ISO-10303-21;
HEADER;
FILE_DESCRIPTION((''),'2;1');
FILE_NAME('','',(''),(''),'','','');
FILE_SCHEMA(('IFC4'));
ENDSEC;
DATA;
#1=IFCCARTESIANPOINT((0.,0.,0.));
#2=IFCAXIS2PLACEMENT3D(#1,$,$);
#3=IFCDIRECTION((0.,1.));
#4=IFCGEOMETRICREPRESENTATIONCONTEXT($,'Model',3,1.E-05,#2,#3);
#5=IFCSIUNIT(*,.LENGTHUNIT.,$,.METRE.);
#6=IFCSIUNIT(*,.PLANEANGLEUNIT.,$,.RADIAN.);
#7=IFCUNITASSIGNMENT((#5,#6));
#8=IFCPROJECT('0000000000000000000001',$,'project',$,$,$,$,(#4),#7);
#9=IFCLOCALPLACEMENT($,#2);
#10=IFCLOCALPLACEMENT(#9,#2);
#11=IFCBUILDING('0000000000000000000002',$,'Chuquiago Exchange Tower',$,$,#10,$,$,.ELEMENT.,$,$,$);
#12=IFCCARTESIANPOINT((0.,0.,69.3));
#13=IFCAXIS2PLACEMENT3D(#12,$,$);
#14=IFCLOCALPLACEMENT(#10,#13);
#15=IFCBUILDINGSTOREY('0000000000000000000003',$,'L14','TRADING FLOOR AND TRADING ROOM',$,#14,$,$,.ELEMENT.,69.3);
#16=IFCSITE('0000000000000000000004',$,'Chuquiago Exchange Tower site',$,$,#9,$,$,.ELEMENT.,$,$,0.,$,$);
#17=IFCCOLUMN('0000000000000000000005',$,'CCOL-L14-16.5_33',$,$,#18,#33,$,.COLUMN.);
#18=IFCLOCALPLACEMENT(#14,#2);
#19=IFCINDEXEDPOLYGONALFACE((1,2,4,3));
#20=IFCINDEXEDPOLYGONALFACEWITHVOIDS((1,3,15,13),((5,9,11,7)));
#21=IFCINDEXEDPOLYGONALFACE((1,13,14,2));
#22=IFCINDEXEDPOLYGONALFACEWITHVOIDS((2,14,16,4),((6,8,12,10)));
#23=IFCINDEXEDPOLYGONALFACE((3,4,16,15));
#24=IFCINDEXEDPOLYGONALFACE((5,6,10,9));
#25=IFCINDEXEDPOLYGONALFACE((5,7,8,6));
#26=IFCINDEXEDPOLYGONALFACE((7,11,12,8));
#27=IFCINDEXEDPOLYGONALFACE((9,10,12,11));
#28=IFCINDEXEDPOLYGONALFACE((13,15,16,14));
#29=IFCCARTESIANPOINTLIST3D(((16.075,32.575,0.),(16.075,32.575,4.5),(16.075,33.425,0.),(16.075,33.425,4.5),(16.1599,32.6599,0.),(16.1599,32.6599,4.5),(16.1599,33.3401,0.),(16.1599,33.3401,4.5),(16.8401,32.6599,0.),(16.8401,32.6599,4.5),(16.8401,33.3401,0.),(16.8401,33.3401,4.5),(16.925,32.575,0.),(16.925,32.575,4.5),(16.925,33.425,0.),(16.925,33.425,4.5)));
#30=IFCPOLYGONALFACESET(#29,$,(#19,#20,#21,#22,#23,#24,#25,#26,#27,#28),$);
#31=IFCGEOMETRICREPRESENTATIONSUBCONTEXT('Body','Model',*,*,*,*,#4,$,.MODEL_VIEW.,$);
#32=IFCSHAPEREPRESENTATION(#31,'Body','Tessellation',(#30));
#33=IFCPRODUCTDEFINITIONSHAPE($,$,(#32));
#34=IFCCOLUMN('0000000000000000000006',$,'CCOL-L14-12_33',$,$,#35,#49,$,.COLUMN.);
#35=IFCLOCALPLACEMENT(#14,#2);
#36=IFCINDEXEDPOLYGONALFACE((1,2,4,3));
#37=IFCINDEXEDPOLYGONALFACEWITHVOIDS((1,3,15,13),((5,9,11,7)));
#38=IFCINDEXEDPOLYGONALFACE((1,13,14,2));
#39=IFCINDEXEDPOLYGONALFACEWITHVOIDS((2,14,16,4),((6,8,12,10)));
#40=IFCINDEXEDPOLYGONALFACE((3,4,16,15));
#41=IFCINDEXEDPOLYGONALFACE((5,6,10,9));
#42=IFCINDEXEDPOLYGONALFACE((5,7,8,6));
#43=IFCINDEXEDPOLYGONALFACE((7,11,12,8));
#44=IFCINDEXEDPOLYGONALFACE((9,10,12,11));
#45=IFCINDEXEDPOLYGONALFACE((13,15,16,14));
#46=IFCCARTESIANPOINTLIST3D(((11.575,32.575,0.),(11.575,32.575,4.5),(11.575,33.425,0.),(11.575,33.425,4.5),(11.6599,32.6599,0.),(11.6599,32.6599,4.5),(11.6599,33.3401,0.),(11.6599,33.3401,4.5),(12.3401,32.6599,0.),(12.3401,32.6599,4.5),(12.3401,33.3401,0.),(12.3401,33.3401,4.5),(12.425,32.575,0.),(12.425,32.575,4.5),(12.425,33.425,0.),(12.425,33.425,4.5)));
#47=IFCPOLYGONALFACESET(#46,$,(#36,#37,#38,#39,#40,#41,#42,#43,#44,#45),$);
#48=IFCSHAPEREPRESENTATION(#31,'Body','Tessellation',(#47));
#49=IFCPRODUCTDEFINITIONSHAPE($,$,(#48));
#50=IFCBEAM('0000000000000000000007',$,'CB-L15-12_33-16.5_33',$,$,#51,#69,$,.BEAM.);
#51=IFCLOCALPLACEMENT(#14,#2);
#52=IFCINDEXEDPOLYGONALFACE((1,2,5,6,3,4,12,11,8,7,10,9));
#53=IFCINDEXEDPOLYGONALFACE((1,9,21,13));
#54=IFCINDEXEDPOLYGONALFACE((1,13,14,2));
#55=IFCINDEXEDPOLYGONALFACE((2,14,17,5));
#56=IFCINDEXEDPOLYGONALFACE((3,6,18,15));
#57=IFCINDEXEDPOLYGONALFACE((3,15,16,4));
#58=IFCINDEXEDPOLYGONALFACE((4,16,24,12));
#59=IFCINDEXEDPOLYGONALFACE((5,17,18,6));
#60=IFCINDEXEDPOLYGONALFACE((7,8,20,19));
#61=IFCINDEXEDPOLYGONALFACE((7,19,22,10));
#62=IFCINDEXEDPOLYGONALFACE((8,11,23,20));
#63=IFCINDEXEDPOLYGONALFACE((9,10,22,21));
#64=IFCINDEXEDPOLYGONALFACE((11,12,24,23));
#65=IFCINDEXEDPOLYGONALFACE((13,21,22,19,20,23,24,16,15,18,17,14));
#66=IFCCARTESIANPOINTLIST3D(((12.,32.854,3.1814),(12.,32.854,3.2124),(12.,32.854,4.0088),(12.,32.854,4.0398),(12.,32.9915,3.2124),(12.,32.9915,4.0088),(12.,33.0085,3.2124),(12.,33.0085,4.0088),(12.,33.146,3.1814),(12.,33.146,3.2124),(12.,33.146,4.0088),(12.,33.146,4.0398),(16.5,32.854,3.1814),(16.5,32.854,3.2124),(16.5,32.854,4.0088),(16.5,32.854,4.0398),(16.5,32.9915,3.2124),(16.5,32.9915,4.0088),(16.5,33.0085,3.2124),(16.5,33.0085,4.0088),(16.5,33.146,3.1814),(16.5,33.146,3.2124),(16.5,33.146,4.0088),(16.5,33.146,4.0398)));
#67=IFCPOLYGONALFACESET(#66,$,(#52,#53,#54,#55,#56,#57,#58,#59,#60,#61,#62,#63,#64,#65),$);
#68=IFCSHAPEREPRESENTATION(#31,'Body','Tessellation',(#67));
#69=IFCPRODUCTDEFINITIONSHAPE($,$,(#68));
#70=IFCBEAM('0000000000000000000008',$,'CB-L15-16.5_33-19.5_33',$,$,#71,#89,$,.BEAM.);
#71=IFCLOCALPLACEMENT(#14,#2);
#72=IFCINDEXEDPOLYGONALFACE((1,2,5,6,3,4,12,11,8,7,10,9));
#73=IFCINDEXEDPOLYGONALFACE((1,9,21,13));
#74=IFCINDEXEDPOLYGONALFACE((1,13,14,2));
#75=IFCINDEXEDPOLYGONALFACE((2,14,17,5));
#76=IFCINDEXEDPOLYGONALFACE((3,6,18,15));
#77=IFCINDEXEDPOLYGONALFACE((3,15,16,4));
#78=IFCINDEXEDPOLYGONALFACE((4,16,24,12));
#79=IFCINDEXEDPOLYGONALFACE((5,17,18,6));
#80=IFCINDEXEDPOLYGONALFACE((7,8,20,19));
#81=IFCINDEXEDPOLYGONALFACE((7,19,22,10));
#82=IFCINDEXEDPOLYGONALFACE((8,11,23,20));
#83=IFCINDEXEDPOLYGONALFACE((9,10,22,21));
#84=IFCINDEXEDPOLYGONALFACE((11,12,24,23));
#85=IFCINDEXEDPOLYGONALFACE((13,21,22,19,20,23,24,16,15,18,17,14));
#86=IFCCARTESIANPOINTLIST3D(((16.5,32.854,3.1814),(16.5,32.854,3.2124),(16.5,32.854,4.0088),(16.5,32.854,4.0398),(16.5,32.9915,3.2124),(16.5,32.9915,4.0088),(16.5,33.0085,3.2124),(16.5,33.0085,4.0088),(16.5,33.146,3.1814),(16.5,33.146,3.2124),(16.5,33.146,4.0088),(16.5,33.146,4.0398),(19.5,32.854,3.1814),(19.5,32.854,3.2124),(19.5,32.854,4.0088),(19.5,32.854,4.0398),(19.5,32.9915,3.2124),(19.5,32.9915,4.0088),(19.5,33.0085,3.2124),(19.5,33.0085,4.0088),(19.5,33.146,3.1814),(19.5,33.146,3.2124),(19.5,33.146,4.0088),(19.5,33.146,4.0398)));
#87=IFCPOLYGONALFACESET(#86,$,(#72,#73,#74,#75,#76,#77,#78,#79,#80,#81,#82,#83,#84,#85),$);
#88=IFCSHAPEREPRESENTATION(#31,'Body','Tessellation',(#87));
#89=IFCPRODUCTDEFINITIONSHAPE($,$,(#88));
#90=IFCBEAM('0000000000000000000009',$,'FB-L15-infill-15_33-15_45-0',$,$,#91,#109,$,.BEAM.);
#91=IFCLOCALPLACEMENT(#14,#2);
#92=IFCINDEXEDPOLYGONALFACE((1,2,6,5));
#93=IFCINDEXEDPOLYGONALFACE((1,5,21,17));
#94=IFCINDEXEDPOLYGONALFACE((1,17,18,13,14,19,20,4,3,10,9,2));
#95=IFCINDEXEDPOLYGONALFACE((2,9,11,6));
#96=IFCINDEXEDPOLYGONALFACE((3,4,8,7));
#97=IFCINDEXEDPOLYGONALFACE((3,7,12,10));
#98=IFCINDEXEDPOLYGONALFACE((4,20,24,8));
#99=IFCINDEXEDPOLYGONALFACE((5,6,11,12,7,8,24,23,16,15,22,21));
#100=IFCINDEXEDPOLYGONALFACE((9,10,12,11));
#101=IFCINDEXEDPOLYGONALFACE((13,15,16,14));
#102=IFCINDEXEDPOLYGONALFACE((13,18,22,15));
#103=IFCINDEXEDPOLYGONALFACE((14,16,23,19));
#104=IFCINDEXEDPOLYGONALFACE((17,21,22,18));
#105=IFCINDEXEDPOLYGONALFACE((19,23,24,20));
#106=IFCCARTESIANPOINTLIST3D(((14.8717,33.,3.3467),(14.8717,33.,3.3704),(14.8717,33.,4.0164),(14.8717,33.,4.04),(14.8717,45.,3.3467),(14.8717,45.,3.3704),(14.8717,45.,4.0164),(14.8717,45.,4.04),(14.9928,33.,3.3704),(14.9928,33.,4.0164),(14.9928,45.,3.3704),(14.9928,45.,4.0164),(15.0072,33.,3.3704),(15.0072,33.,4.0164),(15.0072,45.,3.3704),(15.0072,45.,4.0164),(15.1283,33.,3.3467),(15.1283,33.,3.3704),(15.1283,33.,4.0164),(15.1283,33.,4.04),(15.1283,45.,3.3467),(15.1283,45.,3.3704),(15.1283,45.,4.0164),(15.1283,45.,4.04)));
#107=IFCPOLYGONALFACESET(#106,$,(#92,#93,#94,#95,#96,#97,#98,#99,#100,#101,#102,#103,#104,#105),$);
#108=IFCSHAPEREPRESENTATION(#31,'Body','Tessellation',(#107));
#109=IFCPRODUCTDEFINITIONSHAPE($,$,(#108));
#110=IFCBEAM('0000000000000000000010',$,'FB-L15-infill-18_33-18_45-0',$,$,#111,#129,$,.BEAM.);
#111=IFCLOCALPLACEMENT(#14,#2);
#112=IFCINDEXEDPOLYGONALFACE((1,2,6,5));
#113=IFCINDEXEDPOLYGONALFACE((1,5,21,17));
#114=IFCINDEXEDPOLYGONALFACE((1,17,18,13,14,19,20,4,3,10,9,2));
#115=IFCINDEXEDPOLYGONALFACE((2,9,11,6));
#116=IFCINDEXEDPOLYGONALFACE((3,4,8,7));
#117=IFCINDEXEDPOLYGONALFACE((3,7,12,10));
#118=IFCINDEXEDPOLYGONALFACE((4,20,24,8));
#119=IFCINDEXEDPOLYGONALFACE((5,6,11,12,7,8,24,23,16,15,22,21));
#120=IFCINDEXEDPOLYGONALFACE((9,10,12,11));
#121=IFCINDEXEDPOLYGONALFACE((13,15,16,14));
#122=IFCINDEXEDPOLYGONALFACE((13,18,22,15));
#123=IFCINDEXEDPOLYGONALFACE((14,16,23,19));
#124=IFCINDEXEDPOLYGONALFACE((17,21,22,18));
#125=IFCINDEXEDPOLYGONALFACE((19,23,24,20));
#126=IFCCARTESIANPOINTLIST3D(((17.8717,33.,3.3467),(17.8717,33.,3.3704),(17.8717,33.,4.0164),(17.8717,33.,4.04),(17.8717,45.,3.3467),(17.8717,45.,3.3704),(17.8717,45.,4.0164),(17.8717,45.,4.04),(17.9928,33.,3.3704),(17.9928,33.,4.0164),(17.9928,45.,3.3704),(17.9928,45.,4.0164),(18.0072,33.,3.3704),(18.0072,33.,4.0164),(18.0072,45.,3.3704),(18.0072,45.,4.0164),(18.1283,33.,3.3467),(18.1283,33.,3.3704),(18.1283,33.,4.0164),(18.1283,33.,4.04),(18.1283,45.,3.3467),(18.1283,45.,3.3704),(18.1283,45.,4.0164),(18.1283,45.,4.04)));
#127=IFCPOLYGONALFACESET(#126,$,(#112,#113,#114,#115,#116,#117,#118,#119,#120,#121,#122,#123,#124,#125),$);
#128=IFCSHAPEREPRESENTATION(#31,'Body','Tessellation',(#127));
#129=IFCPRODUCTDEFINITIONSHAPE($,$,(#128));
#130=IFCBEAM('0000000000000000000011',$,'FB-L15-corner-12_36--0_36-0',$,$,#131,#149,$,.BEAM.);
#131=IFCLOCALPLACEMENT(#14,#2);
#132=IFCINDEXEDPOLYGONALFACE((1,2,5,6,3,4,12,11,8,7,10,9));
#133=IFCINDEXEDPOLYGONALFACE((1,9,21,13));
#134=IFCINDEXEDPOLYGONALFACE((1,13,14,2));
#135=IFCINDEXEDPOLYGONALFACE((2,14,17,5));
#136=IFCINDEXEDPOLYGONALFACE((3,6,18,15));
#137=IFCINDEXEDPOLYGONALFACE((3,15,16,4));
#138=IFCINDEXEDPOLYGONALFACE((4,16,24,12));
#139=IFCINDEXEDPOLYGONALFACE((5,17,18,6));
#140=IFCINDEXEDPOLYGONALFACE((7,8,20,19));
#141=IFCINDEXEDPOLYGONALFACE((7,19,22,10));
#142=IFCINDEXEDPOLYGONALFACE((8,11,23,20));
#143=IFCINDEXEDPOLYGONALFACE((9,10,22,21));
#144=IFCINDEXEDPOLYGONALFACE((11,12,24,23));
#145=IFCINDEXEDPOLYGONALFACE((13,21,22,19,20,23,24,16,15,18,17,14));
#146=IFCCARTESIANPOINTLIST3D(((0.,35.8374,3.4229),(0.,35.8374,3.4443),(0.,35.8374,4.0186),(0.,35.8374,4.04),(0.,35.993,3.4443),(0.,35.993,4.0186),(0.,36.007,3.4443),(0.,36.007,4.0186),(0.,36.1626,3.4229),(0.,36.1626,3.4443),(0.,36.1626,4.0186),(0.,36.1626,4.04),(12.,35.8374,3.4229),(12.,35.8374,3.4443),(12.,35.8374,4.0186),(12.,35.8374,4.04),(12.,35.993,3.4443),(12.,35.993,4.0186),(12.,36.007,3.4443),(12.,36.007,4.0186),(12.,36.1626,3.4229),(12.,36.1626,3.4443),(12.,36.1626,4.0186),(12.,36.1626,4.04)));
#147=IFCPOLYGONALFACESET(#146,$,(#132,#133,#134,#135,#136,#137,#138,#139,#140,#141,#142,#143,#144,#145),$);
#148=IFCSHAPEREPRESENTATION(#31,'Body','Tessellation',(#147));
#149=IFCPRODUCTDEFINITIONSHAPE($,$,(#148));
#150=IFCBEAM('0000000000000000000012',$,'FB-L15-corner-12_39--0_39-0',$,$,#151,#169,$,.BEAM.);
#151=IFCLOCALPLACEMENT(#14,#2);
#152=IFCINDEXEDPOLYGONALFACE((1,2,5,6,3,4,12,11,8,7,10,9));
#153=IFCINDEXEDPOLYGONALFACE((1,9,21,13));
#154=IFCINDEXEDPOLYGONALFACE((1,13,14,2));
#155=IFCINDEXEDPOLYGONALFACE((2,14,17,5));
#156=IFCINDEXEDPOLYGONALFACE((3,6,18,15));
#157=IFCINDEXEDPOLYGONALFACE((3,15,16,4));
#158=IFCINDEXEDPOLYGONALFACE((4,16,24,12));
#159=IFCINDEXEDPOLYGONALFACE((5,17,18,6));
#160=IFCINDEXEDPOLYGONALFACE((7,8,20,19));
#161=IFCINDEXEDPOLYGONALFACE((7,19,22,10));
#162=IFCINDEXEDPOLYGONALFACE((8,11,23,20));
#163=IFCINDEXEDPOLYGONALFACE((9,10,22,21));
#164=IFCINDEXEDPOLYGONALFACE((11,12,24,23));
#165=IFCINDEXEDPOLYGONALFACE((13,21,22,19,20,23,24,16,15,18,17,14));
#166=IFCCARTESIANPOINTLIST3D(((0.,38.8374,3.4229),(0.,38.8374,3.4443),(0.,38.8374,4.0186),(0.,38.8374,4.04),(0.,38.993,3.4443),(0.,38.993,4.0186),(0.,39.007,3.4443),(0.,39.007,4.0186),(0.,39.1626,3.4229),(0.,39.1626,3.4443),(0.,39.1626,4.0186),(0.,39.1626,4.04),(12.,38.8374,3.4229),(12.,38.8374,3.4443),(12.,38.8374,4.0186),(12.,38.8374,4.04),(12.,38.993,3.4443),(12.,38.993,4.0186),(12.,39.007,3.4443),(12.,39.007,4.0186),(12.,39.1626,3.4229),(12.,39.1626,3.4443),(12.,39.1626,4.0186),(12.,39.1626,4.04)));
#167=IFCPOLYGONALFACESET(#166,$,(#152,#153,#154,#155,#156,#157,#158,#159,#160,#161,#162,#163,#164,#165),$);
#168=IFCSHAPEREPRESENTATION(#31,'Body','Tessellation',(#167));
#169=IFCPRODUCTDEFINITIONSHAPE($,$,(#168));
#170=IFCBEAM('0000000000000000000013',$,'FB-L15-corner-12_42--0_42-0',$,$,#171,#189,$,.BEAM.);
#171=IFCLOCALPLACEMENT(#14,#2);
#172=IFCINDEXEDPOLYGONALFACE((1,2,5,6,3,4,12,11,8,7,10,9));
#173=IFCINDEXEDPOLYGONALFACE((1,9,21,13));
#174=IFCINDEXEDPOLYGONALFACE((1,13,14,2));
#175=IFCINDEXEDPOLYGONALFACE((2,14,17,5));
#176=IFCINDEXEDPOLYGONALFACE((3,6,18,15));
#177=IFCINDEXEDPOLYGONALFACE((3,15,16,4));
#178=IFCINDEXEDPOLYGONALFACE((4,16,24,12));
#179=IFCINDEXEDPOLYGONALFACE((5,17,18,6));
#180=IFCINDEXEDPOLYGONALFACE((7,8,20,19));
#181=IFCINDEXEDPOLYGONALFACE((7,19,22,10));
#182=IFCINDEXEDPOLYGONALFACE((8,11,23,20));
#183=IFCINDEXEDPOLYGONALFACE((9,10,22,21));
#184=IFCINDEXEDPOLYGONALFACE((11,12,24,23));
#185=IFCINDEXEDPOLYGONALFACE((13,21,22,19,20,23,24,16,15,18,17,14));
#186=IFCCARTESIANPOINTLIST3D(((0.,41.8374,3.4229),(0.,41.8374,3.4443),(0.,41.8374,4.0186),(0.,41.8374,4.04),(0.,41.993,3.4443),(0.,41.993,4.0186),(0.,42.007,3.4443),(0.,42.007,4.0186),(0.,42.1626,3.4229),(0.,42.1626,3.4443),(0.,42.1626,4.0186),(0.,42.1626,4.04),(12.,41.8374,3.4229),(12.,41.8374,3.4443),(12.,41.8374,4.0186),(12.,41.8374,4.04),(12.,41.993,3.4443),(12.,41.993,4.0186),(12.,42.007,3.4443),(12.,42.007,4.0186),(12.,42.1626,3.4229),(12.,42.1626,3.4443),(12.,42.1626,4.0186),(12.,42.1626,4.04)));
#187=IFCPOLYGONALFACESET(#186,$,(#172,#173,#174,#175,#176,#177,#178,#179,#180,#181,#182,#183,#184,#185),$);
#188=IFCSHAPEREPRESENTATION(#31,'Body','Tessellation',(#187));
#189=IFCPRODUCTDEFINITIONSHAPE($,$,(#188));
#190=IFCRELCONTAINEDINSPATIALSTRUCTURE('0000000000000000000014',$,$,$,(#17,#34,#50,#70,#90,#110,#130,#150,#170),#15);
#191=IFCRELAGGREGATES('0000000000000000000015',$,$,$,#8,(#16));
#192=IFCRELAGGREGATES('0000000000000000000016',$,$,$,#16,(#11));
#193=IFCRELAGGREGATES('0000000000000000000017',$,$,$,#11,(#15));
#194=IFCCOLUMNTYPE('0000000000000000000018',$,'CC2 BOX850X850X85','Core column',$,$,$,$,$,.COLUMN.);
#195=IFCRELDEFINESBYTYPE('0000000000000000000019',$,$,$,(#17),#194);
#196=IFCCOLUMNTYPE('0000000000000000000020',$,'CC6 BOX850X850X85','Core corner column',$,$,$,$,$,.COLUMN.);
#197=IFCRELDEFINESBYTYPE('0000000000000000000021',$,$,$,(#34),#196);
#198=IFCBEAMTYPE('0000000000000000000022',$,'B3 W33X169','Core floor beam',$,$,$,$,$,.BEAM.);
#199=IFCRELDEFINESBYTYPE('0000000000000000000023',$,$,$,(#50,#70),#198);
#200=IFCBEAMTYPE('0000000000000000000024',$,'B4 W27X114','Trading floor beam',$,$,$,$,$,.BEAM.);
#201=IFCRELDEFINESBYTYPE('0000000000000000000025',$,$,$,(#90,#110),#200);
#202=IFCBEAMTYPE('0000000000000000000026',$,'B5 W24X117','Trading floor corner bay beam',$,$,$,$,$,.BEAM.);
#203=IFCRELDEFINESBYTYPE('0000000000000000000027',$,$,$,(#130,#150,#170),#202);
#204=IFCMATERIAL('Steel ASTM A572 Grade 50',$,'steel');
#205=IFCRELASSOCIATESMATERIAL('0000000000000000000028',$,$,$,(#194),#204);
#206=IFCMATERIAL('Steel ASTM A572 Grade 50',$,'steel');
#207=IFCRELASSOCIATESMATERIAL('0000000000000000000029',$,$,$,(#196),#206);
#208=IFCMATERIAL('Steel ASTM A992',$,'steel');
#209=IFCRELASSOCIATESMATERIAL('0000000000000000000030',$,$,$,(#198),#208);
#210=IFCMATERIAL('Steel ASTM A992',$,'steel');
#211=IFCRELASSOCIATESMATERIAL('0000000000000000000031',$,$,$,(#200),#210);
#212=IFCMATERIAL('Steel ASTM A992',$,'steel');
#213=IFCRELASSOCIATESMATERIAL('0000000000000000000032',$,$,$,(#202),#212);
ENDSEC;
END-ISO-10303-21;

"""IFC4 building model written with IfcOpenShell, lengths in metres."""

from ifc_helpers import new_model, si_unit, direction, frame, origin, origin_2d, place, context, subcontext, project, spatial, hollow_rectangle, i_section, extrude, material, material_profile, profile_set, type_object, element, save


model = new_model("IFC4")

# Units and contexts
model_context = context("Model", 3, precision=1e-05, world=origin(), true_north=direction((0.0, 1.0)))
body_context = subcontext(model_context, "Body", "Model", "MODEL_VIEW")
ifc_project = project(units=[si_unit("LENGTHUNIT", "METRE"), si_unit("PLANEANGLEUNIT", "RADIAN")], contexts=[model_context])

# Site, building, storey
site_placement = place(None, origin())
site = spatial("IfcSite", under=ifc_project, at=site_placement, Name="Chuquiago Exchange Tower site", CompositionType="ELEMENT", RefElevation=0.0)
building_placement = place(site_placement, origin())
building = spatial("IfcBuilding", under=site, at=building_placement, Name="Chuquiago Exchange Tower", CompositionType="ELEMENT")
storey_placement = place(building_placement, frame((0.0, 0.0, 69.3)))
storey = spatial("IfcBuildingStorey", under=building, at=storey_placement, Name="L14", Description="TRADING FLOOR AND TRADING ROOM", CompositionType="ELEMENT", Elevation=69.3)

# Columns
ifc_material_1 = material(Name="Steel ASTM A572 Grade 50", Category="steel")
ifc_material_profile_1 = material_profile(ifc_material_1, hollow_rectangle(XDim=0.8501, YDim=0.8501, WallThickness=0.085, at=origin_2d()), Name="BOX850X850X85")
ifc_profile_set_1 = profile_set([ifc_material_profile_1], Name="Steel ASTM A572 Grade 50")
column_type_1 = type_object("IfcColumnType", Name="CC2 BOX850X850X85", Description="Core column", PredefinedType="COLUMN", material=ifc_profile_set_1)
column_1_placement = place(storey_placement, frame((16.5, 33.0, 0.0), z_axis=(0.0, 0.0, 1.0), x_axis=(1.0, 0.0, 0.0)))
element("IfcColumn", 1, at=column_1_placement, inside=storey, type_object=column_type_1, Name="CCOL-L14-16.5_33", PredefinedType="COLUMN", context=body_context, shape_type="SweptSolid", body=[
    extrude(hollow_rectangle(XDim=0.8501, YDim=0.8501, WallThickness=0.085, at=origin_2d()), origin(), (0.0, 0.0, 1.0), 4.5),
])
ifc_material_2 = material(Name="Steel ASTM A572 Grade 50", Category="steel")
ifc_material_profile_2 = material_profile(ifc_material_2, hollow_rectangle(XDim=0.8501, YDim=0.8501, WallThickness=0.085, at=origin_2d()), Name="BOX850X850X85")
ifc_profile_set_2 = profile_set([ifc_material_profile_2], Name="Steel ASTM A572 Grade 50")
column_type_2 = type_object("IfcColumnType", Name="CC6 BOX850X850X85", Description="Core corner column", PredefinedType="COLUMN", material=ifc_profile_set_2)
column_2_placement = place(storey_placement, frame((12.0, 33.0, 0.0), z_axis=(0.0, 0.0, 1.0), x_axis=(1.0, 0.0, 0.0)))
element("IfcColumn", 2, at=column_2_placement, inside=storey, type_object=column_type_2, Name="CCOL-L14-12_33", PredefinedType="COLUMN", context=body_context, shape_type="SweptSolid", body=[
    extrude(hollow_rectangle(XDim=0.8501, YDim=0.8501, WallThickness=0.085, at=origin_2d()), origin(), (0.0, 0.0, 1.0), 4.5),
])

# Beams
ifc_material_3 = material(Name="Steel ASTM A992", Category="steel")
ifc_material_profile_3 = material_profile(ifc_material_3, i_section(OverallWidth=0.292, OverallDepth=0.8584, WebThickness=0.0171, FlangeThickness=0.031, at=origin_2d()), Name="W33X169")
ifc_profile_set_3 = profile_set([ifc_material_profile_3], Name="Steel ASTM A992")
beam_type_1 = type_object("IfcBeamType", Name="B3 W33X169", Description="Core floor beam", PredefinedType="BEAM", material=ifc_profile_set_3)
beam_1_placement = place(storey_placement, frame((12.0, 33.0, 3.6106), z_axis=(1.0, 0.0, 0.0), x_axis=(0.0, 1.0, 0.0)))
element("IfcBeam", 3, at=beam_1_placement, inside=storey, type_object=beam_type_1, Name="CB-L15-12_33-16.5_33", PredefinedType="BEAM", context=body_context, shape_type="SweptSolid", body=[
    extrude(i_section(OverallWidth=0.292, OverallDepth=0.8584, WebThickness=0.0171, FlangeThickness=0.031, at=origin_2d()), origin(), (0.0, 0.0, 1.0), 4.5),
])
beam_2_placement = place(storey_placement, frame((16.5, 33.0, 3.6106), z_axis=(1.0, 0.0, 0.0), x_axis=(0.0, 1.0, 0.0)))
element("IfcBeam", 4, at=beam_2_placement, inside=storey, type_object=beam_type_1, Name="CB-L15-16.5_33-19.5_33", PredefinedType="BEAM", context=body_context, shape_type="SweptSolid", body=[
    extrude(i_section(OverallWidth=0.292, OverallDepth=0.8584, WebThickness=0.0171, FlangeThickness=0.031, at=origin_2d()), origin(), (0.0, 0.0, 1.0), 3.0),
])
ifc_material_4 = material(Name="Steel ASTM A992", Category="steel")
ifc_material_profile_4 = material_profile(ifc_material_4, i_section(OverallWidth=0.2566, OverallDepth=0.6934, WebThickness=0.0144, FlangeThickness=0.0237, at=origin_2d()), Name="W27X114")
ifc_profile_set_4 = profile_set([ifc_material_profile_4], Name="Steel ASTM A992")
beam_type_2 = type_object("IfcBeamType", Name="B4 W27X114", Description="Trading floor beam", PredefinedType="BEAM", material=ifc_profile_set_4)
for number, where, z_axis, x_axis, name in (
    (5, (15.0, 33.0, 3.6934), (0.0, 1.0, 0.0), (-1.0, 0.0, 0.0), "FB-L15-infill-15_33-15_45-0"),
    (6, (18.0, 33.0, 3.6934), (0.0, 1.0, 0.0), (-1.0, 0.0, 0.0), "FB-L15-infill-18_33-18_45-0"),
):
    element("IfcBeam", number, at=place(storey_placement, frame(where, z_axis=z_axis, x_axis=x_axis)), inside=storey, type_object=beam_type_2, Name=name, PredefinedType="BEAM", context=body_context, shape_type="SweptSolid", body=[
        extrude(i_section(OverallWidth=0.2566, OverallDepth=0.6934, WebThickness=0.0144, FlangeThickness=0.0237, at=origin_2d()), origin(), (0.0, 0.0, 1.0), 12.0),
    ])
ifc_material_5 = material(Name="Steel ASTM A992", Category="steel")
ifc_material_profile_5 = material_profile(ifc_material_5, i_section(OverallWidth=0.3252, OverallDepth=0.6172, WebThickness=0.0139, FlangeThickness=0.0215, at=origin_2d()), Name="W24X117")
ifc_profile_set_5 = profile_set([ifc_material_profile_5], Name="Steel ASTM A992")
beam_type_3 = type_object("IfcBeamType", Name="B5 W24X117", Description="Trading floor corner bay beam", PredefinedType="BEAM", material=ifc_profile_set_5)
for number, where, z_axis, x_axis, name in (
    (7, (12.0, 36.0, 3.7314), (-1.0, 0.0, 0.0), (0.0, -1.0, 0.0), "FB-L15-corner-12_36--0_36-0"),
    (8, (12.0, 39.0, 3.7314), (-1.0, 0.0, 0.0), (0.0, -1.0, 0.0), "FB-L15-corner-12_39--0_39-0"),
    (9, (12.0, 42.0, 3.7314), (-1.0, 0.0, 0.0), (0.0, -1.0, 0.0), "FB-L15-corner-12_42--0_42-0"),
):
    element("IfcBeam", number, at=place(storey_placement, frame(where, z_axis=z_axis, x_axis=x_axis)), inside=storey, type_object=beam_type_3, Name=name, PredefinedType="BEAM", context=body_context, shape_type="SweptSolid", body=[
        extrude(i_section(OverallWidth=0.3252, OverallDepth=0.6172, WebThickness=0.0139, FlangeThickness=0.0215, at=origin_2d()), origin(), (0.0, 0.0, 1.0), 12.0),
    ])

save(model, "model.ifc")
